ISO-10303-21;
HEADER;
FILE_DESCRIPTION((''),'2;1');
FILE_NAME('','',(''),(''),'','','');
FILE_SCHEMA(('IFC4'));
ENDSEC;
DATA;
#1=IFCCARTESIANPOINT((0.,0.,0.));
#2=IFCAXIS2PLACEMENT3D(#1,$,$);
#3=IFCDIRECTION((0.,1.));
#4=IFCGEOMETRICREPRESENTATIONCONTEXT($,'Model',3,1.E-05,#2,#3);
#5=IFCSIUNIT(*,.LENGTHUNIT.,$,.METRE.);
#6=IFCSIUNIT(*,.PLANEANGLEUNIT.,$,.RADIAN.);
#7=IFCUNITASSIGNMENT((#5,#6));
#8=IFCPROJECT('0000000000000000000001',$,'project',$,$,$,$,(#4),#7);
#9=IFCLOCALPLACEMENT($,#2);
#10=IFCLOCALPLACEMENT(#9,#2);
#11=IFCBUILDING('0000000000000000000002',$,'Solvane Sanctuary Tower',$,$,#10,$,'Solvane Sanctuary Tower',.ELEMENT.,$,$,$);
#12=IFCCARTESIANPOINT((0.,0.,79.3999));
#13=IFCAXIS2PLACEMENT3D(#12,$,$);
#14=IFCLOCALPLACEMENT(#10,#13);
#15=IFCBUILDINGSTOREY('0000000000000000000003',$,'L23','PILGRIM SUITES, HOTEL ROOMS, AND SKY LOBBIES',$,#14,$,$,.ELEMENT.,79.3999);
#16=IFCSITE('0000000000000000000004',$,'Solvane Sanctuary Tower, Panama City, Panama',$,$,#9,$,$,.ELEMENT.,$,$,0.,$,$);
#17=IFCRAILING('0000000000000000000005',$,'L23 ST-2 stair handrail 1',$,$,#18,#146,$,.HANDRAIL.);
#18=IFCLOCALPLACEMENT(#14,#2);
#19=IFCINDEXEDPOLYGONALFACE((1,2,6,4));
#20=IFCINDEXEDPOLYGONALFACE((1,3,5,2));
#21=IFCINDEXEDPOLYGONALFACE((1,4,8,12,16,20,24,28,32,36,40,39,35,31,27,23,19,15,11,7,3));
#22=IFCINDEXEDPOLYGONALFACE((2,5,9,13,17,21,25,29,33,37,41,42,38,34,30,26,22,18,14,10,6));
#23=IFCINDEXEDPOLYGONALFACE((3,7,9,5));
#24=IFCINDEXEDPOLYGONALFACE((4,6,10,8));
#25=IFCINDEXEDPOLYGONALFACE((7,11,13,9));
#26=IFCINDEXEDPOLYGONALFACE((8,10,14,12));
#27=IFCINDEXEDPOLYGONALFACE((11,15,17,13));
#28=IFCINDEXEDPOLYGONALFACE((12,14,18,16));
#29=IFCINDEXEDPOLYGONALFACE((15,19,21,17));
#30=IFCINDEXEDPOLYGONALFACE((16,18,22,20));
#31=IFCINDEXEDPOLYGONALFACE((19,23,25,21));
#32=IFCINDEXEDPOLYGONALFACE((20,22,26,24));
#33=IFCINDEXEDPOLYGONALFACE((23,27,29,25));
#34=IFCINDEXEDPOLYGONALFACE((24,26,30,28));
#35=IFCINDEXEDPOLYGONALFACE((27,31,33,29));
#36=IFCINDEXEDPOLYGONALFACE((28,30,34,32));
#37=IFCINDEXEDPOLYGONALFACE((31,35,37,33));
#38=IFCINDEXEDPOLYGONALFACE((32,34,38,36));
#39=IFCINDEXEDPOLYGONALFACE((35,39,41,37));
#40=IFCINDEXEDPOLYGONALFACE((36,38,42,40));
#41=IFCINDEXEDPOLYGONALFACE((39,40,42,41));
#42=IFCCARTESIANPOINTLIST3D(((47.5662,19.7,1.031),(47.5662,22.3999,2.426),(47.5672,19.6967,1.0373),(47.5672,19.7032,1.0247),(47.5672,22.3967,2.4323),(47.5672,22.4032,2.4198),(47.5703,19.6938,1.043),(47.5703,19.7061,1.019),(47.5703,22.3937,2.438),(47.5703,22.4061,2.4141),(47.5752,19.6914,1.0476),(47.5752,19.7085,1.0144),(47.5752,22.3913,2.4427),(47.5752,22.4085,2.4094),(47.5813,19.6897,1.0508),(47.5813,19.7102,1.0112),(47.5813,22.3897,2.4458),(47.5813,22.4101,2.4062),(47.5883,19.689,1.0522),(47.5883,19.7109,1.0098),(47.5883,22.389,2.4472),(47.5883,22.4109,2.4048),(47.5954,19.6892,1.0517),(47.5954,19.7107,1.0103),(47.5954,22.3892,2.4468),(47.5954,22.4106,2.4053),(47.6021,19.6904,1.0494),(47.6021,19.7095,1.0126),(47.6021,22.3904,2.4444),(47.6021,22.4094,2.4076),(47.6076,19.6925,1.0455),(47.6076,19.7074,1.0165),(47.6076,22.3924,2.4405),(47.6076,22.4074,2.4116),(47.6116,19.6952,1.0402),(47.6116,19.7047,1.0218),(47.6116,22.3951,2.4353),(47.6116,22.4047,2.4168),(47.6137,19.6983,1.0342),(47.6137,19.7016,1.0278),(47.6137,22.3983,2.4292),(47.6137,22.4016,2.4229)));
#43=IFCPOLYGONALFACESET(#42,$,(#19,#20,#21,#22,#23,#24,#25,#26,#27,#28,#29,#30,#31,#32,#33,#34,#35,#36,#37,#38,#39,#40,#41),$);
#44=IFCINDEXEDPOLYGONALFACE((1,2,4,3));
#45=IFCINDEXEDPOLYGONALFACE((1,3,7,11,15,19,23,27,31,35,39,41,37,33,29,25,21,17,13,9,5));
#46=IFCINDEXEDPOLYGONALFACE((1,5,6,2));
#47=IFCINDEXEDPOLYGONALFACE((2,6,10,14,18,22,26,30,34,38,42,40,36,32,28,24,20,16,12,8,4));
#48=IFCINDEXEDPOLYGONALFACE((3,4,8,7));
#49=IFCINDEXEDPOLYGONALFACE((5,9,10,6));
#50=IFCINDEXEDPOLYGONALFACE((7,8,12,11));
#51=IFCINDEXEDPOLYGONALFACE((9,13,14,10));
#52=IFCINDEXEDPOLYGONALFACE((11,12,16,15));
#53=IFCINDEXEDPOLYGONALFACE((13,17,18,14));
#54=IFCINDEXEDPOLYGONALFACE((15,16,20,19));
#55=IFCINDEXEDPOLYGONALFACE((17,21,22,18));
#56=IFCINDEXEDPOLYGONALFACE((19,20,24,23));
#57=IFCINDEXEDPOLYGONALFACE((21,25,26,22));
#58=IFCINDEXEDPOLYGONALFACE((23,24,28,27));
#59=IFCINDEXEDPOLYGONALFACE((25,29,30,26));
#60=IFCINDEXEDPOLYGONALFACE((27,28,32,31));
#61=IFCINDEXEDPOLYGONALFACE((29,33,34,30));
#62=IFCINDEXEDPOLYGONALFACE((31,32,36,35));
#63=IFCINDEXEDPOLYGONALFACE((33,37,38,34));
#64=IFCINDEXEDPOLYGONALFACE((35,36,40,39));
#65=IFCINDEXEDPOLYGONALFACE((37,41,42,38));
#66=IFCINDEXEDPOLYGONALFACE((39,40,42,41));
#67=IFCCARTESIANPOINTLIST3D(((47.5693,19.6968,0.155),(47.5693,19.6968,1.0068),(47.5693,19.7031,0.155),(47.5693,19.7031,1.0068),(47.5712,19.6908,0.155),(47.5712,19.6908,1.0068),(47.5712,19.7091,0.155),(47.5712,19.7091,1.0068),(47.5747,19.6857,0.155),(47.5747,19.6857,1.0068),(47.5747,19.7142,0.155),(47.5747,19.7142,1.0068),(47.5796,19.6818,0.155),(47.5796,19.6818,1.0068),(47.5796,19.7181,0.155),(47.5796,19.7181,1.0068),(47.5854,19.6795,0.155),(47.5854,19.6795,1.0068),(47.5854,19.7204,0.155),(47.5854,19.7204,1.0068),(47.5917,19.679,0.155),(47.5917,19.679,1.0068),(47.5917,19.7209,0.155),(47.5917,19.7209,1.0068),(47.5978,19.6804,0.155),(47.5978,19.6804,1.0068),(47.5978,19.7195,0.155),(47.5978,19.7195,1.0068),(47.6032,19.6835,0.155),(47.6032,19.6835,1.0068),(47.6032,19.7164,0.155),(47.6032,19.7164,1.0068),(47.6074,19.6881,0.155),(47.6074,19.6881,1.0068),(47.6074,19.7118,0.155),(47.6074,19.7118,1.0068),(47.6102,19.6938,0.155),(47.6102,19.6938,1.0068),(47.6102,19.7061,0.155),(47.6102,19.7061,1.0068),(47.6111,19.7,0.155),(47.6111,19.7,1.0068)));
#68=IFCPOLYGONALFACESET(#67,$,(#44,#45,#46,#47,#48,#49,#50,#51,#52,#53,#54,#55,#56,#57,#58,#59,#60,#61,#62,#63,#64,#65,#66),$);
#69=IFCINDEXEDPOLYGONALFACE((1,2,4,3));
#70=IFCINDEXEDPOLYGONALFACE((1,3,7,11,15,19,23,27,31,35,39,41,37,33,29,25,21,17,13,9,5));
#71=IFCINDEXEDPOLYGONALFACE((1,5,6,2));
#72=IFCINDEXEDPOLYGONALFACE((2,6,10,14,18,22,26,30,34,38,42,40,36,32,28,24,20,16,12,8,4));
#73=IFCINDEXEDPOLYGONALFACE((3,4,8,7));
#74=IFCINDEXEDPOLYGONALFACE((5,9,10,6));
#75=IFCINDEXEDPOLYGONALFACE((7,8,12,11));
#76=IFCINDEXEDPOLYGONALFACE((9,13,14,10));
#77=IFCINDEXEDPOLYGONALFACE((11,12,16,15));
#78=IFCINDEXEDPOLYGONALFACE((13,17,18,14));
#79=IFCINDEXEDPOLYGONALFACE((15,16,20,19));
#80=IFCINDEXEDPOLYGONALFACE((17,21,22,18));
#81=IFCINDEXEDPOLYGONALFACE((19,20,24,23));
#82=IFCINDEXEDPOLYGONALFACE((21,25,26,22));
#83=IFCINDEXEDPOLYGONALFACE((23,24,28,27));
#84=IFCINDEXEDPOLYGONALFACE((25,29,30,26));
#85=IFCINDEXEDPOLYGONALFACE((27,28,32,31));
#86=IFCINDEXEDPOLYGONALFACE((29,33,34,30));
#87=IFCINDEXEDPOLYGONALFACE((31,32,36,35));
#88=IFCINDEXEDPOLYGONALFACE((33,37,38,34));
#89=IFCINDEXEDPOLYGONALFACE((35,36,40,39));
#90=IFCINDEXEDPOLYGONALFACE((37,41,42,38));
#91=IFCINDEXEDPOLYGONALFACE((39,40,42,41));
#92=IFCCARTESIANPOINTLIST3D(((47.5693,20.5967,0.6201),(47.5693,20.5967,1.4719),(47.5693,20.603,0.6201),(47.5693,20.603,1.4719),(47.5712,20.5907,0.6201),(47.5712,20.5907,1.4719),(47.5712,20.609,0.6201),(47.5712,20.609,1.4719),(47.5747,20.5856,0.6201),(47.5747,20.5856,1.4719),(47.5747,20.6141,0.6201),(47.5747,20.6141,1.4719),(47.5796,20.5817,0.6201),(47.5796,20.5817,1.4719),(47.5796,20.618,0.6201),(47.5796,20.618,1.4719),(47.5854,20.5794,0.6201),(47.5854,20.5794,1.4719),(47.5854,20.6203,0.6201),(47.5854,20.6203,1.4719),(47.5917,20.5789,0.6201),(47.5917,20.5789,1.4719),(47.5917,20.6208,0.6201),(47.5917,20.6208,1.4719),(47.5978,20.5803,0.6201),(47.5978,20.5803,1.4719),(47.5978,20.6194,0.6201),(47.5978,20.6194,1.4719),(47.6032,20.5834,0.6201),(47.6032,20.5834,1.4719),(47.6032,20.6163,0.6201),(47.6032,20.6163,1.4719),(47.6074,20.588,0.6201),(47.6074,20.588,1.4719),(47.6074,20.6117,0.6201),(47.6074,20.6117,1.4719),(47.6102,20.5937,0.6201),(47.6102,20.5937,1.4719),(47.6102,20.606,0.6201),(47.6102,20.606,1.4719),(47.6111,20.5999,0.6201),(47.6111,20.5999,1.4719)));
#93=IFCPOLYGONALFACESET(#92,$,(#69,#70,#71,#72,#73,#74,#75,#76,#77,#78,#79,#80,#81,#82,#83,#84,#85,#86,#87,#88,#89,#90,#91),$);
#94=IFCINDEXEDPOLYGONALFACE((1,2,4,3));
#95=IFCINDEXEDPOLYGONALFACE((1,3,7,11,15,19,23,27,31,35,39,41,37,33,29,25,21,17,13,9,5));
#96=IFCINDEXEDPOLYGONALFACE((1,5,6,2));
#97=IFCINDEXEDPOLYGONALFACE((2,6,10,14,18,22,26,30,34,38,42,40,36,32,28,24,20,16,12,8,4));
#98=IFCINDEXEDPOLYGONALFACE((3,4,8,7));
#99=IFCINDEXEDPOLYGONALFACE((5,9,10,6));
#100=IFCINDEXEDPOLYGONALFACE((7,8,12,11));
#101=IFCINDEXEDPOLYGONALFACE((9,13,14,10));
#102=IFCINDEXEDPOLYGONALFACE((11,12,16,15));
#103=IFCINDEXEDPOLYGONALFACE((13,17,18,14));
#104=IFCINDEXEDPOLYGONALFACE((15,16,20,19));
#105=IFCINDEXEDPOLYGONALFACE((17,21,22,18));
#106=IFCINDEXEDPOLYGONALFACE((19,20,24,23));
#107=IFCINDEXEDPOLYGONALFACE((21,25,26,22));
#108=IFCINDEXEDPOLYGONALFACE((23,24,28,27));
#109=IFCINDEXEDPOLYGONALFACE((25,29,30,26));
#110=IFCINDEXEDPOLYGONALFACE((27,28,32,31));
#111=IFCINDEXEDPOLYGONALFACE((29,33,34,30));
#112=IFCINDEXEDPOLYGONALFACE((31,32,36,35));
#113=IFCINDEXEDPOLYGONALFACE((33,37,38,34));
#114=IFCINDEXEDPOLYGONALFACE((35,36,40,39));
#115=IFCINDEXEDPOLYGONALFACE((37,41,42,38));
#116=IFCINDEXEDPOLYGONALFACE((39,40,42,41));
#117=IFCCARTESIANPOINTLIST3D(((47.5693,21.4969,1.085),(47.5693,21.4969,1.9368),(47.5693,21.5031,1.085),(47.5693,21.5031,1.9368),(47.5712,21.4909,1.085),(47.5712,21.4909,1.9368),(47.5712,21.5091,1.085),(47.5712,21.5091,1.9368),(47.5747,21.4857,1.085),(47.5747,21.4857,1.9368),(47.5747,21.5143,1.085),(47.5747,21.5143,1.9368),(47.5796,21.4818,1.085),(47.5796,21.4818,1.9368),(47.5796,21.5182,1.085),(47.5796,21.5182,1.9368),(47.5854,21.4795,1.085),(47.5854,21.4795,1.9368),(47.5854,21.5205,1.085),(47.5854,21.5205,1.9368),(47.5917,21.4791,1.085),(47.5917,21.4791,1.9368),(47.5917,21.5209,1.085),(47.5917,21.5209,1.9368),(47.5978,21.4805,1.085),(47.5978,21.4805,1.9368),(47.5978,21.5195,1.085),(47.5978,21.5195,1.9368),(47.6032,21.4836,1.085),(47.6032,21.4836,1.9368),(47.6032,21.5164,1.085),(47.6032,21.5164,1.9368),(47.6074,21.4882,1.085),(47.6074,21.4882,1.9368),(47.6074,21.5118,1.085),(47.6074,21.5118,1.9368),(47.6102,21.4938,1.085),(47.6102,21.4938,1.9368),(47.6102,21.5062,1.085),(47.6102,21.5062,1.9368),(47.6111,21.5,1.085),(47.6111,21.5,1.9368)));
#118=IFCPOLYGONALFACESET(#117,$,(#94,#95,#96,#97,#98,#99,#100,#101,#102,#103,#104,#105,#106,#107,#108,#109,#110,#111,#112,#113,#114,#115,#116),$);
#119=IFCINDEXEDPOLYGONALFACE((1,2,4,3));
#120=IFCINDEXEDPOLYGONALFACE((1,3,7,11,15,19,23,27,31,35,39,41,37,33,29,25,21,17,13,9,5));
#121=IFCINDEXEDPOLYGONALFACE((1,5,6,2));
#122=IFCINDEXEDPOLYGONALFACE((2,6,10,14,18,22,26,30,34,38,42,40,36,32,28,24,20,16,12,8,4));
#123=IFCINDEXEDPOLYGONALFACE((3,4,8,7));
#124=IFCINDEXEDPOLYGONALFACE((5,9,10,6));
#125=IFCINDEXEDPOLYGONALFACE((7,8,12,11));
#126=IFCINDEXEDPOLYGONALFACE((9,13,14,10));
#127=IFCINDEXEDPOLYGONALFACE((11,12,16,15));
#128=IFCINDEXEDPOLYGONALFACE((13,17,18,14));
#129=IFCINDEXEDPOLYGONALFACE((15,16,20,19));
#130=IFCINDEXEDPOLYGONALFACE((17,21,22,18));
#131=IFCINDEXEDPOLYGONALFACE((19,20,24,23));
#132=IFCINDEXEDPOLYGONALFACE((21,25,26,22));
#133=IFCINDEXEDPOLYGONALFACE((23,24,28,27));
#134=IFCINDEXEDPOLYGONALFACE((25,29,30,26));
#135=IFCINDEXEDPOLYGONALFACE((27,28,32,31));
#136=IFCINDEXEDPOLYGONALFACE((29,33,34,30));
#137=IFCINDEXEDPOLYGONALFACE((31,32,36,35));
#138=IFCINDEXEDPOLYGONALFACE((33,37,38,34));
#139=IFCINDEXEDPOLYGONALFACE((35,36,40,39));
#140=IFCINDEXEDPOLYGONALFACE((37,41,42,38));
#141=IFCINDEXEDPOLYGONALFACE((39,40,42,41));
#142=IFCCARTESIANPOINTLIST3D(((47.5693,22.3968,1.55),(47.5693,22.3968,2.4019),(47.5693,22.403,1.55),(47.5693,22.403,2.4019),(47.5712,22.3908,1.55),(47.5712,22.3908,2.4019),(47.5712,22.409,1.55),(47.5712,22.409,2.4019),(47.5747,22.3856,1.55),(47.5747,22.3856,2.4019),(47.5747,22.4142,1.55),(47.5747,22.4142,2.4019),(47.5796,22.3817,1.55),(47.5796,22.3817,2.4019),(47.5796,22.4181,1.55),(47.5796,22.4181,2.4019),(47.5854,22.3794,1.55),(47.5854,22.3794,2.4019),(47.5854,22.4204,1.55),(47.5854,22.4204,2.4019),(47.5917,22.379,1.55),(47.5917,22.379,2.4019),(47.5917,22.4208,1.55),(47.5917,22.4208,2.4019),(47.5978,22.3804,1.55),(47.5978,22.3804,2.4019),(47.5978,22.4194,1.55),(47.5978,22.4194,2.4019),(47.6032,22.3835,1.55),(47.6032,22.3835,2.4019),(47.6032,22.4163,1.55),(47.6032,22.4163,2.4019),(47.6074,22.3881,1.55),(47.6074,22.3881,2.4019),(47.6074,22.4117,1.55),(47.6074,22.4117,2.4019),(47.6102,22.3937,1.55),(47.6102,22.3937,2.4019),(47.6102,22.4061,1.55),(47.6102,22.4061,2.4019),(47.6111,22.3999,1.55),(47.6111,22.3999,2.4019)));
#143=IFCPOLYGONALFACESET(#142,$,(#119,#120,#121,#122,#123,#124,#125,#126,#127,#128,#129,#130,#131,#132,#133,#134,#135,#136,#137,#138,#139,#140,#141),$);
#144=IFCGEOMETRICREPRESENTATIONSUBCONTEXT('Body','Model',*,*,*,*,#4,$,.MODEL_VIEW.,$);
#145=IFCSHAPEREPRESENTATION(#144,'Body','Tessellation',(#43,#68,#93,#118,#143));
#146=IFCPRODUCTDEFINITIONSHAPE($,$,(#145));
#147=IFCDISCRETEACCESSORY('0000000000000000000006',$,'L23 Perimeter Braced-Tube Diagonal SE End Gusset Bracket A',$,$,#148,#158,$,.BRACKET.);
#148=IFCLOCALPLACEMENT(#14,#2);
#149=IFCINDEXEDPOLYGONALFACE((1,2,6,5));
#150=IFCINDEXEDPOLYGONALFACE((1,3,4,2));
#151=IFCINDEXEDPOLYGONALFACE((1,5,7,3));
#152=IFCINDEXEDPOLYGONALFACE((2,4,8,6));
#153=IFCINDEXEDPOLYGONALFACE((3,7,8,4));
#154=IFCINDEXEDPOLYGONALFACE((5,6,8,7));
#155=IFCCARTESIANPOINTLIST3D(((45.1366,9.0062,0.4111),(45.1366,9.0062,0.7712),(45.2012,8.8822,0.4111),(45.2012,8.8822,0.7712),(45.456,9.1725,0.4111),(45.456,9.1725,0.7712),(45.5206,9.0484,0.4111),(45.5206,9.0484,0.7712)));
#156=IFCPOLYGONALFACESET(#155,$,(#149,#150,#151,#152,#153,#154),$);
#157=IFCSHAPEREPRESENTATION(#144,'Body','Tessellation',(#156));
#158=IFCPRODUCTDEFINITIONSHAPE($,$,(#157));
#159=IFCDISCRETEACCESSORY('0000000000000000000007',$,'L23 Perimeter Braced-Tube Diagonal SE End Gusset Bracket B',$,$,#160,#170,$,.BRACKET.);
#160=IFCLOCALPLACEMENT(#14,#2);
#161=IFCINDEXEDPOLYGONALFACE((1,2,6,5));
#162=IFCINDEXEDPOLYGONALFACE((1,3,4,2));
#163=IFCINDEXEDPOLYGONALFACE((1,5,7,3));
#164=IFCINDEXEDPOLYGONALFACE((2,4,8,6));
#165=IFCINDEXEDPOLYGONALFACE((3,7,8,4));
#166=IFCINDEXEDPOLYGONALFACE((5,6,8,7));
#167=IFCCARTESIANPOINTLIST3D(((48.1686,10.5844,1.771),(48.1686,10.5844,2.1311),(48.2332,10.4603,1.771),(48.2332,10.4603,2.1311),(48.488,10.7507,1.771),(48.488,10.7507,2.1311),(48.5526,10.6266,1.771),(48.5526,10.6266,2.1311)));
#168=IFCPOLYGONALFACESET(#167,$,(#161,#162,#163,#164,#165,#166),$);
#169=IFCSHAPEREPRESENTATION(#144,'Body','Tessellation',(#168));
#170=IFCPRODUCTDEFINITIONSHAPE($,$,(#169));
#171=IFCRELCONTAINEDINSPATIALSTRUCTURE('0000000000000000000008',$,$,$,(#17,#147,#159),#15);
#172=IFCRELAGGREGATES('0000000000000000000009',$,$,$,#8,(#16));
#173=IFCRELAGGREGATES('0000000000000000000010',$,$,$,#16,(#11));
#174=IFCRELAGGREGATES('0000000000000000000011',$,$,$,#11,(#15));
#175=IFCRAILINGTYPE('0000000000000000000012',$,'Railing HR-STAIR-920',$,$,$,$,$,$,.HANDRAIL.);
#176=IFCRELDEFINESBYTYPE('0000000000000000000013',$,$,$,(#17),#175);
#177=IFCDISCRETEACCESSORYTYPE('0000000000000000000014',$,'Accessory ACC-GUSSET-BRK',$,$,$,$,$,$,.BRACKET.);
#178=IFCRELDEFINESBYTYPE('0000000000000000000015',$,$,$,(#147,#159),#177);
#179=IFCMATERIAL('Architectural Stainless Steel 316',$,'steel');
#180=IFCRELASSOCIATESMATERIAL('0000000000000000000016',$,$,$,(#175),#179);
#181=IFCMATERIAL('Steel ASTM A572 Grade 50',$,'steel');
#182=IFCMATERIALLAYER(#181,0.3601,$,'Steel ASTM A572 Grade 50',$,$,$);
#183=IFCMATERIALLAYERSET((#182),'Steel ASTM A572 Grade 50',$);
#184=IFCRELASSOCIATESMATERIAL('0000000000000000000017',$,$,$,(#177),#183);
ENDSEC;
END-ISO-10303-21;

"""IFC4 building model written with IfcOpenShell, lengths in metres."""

from ifc_helpers import new_model, si_unit, direction, frame, origin, origin_2d, place, context, subcontext, project, spatial, rectangle, circle, extrude, material, layer, layer_set, type_object, element, save


model = new_model("IFC4")

# Units and contexts
model_context = context("Model", 3, precision=1e-05, world=origin(), true_north=direction((0.0, 1.0)))
body_context = subcontext(model_context, "Body", "Model", "MODEL_VIEW")
ifc_project = project(units=[si_unit("LENGTHUNIT", "METRE"), si_unit("PLANEANGLEUNIT", "RADIAN")], contexts=[model_context])

# Site, building, storey
site_placement = place(None, origin())
site = spatial("IfcSite", under=ifc_project, at=site_placement, Name="Solvane Sanctuary Tower, Panama City, Panama", CompositionType="ELEMENT", RefElevation=0.0)
building_placement = place(site_placement, origin())
building = spatial("IfcBuilding", under=site, at=building_placement, Name="Solvane Sanctuary Tower", LongName="Solvane Sanctuary Tower", CompositionType="ELEMENT")
storey_placement = place(building_placement, frame((0.0, 0.0, 79.3999)))
storey = spatial("IfcBuildingStorey", under=building, at=storey_placement, Name="L23", Description="PILGRIM SUITES, HOTEL ROOMS, AND SKY LOBBIES", CompositionType="ELEMENT", Elevation=79.3999)

# Shared definitions
ifc_material_1 = material(Name="Architectural Stainless Steel 316", Category="steel")

# Railing
railing_type_1 = type_object("IfcRailingType", Name="Railing HR-STAIR-920", PredefinedType="HANDRAIL", material=ifc_material_1)
railing_1_placement = place(storey_placement, frame((47.5901, 19.7, 0.155)))
element("IfcRailing", 1, at=railing_1_placement, inside=storey, type_object=railing_type_1, Name="L23 ST-2 stair handrail 1", PredefinedType="HANDRAIL", context=body_context, shape_type="SweptSolid", body=[
    extrude(circle(Radius=0.0239, at=origin_2d()), frame((0.0, 0.0, 0.876), z_axis=(0.0, 0.88842, 0.459032), x_axis=(-1.0, 0.0, 0.0)), (0.0, 0.0, 1.0), 3.0391),
    extrude(circle(Radius=0.021, at=origin_2d()), origin(), (0.0, 0.0, 1.0), 0.8518),
    extrude(circle(Radius=0.021, at=origin_2d()), frame((0.0, 0.8999, 0.4651)), (0.0, 0.0, 1.0), 0.8518),
    extrude(circle(Radius=0.021, at=origin_2d()), frame((0.0, 1.8, 0.9299)), (0.0, 0.0, 1.0), 0.8518),
    extrude(circle(Radius=0.021, at=origin_2d()), frame((0.0, 2.7, 1.395)), (0.0, 0.0, 1.0), 0.8518),
])

# Discrete accessories
ifc_material_2 = material(Name="Steel ASTM A572 Grade 50", Category="steel")
ifc_layer_1 = layer(ifc_material_2, 0.3601, Name="Steel ASTM A572 Grade 50")
ifc_layer_set_1 = layer_set([ifc_layer_1], Name="Steel ASTM A572 Grade 50")
discrete_accessory_type = type_object("IfcDiscreteAccessoryType", Name="Accessory ACC-GUSSET-BRK", PredefinedType="BRACKET", material=ifc_layer_set_1)
for number, where, z_axis, x_axis, name in (
    (2, (45.3286, 9.0273, 0.4111), (0.0, 0.0, 1.0), (0.887011, 0.461749, 0.0), "L23 Perimeter Braced-Tube Diagonal SE End Gusset Bracket A"),
    (3, (48.3606, 10.6055, 1.771), (0.0, 0.0, 1.0), (0.887011, 0.461749, 0.0), "L23 Perimeter Braced-Tube Diagonal SE End Gusset Bracket B"),
):
    element("IfcDiscreteAccessory", number, at=place(storey_placement, frame(where, z_axis=z_axis, x_axis=x_axis)), inside=storey, type_object=discrete_accessory_type, Name=name, PredefinedType="BRACKET", context=body_context, shape_type="SweptSolid", body=[
        extrude(rectangle(XDim=0.3601, YDim=0.1399, at=origin_2d()), origin(), (0.0, 0.0, 1.0), 0.3601),
    ])

save(model, "model.ifc")
